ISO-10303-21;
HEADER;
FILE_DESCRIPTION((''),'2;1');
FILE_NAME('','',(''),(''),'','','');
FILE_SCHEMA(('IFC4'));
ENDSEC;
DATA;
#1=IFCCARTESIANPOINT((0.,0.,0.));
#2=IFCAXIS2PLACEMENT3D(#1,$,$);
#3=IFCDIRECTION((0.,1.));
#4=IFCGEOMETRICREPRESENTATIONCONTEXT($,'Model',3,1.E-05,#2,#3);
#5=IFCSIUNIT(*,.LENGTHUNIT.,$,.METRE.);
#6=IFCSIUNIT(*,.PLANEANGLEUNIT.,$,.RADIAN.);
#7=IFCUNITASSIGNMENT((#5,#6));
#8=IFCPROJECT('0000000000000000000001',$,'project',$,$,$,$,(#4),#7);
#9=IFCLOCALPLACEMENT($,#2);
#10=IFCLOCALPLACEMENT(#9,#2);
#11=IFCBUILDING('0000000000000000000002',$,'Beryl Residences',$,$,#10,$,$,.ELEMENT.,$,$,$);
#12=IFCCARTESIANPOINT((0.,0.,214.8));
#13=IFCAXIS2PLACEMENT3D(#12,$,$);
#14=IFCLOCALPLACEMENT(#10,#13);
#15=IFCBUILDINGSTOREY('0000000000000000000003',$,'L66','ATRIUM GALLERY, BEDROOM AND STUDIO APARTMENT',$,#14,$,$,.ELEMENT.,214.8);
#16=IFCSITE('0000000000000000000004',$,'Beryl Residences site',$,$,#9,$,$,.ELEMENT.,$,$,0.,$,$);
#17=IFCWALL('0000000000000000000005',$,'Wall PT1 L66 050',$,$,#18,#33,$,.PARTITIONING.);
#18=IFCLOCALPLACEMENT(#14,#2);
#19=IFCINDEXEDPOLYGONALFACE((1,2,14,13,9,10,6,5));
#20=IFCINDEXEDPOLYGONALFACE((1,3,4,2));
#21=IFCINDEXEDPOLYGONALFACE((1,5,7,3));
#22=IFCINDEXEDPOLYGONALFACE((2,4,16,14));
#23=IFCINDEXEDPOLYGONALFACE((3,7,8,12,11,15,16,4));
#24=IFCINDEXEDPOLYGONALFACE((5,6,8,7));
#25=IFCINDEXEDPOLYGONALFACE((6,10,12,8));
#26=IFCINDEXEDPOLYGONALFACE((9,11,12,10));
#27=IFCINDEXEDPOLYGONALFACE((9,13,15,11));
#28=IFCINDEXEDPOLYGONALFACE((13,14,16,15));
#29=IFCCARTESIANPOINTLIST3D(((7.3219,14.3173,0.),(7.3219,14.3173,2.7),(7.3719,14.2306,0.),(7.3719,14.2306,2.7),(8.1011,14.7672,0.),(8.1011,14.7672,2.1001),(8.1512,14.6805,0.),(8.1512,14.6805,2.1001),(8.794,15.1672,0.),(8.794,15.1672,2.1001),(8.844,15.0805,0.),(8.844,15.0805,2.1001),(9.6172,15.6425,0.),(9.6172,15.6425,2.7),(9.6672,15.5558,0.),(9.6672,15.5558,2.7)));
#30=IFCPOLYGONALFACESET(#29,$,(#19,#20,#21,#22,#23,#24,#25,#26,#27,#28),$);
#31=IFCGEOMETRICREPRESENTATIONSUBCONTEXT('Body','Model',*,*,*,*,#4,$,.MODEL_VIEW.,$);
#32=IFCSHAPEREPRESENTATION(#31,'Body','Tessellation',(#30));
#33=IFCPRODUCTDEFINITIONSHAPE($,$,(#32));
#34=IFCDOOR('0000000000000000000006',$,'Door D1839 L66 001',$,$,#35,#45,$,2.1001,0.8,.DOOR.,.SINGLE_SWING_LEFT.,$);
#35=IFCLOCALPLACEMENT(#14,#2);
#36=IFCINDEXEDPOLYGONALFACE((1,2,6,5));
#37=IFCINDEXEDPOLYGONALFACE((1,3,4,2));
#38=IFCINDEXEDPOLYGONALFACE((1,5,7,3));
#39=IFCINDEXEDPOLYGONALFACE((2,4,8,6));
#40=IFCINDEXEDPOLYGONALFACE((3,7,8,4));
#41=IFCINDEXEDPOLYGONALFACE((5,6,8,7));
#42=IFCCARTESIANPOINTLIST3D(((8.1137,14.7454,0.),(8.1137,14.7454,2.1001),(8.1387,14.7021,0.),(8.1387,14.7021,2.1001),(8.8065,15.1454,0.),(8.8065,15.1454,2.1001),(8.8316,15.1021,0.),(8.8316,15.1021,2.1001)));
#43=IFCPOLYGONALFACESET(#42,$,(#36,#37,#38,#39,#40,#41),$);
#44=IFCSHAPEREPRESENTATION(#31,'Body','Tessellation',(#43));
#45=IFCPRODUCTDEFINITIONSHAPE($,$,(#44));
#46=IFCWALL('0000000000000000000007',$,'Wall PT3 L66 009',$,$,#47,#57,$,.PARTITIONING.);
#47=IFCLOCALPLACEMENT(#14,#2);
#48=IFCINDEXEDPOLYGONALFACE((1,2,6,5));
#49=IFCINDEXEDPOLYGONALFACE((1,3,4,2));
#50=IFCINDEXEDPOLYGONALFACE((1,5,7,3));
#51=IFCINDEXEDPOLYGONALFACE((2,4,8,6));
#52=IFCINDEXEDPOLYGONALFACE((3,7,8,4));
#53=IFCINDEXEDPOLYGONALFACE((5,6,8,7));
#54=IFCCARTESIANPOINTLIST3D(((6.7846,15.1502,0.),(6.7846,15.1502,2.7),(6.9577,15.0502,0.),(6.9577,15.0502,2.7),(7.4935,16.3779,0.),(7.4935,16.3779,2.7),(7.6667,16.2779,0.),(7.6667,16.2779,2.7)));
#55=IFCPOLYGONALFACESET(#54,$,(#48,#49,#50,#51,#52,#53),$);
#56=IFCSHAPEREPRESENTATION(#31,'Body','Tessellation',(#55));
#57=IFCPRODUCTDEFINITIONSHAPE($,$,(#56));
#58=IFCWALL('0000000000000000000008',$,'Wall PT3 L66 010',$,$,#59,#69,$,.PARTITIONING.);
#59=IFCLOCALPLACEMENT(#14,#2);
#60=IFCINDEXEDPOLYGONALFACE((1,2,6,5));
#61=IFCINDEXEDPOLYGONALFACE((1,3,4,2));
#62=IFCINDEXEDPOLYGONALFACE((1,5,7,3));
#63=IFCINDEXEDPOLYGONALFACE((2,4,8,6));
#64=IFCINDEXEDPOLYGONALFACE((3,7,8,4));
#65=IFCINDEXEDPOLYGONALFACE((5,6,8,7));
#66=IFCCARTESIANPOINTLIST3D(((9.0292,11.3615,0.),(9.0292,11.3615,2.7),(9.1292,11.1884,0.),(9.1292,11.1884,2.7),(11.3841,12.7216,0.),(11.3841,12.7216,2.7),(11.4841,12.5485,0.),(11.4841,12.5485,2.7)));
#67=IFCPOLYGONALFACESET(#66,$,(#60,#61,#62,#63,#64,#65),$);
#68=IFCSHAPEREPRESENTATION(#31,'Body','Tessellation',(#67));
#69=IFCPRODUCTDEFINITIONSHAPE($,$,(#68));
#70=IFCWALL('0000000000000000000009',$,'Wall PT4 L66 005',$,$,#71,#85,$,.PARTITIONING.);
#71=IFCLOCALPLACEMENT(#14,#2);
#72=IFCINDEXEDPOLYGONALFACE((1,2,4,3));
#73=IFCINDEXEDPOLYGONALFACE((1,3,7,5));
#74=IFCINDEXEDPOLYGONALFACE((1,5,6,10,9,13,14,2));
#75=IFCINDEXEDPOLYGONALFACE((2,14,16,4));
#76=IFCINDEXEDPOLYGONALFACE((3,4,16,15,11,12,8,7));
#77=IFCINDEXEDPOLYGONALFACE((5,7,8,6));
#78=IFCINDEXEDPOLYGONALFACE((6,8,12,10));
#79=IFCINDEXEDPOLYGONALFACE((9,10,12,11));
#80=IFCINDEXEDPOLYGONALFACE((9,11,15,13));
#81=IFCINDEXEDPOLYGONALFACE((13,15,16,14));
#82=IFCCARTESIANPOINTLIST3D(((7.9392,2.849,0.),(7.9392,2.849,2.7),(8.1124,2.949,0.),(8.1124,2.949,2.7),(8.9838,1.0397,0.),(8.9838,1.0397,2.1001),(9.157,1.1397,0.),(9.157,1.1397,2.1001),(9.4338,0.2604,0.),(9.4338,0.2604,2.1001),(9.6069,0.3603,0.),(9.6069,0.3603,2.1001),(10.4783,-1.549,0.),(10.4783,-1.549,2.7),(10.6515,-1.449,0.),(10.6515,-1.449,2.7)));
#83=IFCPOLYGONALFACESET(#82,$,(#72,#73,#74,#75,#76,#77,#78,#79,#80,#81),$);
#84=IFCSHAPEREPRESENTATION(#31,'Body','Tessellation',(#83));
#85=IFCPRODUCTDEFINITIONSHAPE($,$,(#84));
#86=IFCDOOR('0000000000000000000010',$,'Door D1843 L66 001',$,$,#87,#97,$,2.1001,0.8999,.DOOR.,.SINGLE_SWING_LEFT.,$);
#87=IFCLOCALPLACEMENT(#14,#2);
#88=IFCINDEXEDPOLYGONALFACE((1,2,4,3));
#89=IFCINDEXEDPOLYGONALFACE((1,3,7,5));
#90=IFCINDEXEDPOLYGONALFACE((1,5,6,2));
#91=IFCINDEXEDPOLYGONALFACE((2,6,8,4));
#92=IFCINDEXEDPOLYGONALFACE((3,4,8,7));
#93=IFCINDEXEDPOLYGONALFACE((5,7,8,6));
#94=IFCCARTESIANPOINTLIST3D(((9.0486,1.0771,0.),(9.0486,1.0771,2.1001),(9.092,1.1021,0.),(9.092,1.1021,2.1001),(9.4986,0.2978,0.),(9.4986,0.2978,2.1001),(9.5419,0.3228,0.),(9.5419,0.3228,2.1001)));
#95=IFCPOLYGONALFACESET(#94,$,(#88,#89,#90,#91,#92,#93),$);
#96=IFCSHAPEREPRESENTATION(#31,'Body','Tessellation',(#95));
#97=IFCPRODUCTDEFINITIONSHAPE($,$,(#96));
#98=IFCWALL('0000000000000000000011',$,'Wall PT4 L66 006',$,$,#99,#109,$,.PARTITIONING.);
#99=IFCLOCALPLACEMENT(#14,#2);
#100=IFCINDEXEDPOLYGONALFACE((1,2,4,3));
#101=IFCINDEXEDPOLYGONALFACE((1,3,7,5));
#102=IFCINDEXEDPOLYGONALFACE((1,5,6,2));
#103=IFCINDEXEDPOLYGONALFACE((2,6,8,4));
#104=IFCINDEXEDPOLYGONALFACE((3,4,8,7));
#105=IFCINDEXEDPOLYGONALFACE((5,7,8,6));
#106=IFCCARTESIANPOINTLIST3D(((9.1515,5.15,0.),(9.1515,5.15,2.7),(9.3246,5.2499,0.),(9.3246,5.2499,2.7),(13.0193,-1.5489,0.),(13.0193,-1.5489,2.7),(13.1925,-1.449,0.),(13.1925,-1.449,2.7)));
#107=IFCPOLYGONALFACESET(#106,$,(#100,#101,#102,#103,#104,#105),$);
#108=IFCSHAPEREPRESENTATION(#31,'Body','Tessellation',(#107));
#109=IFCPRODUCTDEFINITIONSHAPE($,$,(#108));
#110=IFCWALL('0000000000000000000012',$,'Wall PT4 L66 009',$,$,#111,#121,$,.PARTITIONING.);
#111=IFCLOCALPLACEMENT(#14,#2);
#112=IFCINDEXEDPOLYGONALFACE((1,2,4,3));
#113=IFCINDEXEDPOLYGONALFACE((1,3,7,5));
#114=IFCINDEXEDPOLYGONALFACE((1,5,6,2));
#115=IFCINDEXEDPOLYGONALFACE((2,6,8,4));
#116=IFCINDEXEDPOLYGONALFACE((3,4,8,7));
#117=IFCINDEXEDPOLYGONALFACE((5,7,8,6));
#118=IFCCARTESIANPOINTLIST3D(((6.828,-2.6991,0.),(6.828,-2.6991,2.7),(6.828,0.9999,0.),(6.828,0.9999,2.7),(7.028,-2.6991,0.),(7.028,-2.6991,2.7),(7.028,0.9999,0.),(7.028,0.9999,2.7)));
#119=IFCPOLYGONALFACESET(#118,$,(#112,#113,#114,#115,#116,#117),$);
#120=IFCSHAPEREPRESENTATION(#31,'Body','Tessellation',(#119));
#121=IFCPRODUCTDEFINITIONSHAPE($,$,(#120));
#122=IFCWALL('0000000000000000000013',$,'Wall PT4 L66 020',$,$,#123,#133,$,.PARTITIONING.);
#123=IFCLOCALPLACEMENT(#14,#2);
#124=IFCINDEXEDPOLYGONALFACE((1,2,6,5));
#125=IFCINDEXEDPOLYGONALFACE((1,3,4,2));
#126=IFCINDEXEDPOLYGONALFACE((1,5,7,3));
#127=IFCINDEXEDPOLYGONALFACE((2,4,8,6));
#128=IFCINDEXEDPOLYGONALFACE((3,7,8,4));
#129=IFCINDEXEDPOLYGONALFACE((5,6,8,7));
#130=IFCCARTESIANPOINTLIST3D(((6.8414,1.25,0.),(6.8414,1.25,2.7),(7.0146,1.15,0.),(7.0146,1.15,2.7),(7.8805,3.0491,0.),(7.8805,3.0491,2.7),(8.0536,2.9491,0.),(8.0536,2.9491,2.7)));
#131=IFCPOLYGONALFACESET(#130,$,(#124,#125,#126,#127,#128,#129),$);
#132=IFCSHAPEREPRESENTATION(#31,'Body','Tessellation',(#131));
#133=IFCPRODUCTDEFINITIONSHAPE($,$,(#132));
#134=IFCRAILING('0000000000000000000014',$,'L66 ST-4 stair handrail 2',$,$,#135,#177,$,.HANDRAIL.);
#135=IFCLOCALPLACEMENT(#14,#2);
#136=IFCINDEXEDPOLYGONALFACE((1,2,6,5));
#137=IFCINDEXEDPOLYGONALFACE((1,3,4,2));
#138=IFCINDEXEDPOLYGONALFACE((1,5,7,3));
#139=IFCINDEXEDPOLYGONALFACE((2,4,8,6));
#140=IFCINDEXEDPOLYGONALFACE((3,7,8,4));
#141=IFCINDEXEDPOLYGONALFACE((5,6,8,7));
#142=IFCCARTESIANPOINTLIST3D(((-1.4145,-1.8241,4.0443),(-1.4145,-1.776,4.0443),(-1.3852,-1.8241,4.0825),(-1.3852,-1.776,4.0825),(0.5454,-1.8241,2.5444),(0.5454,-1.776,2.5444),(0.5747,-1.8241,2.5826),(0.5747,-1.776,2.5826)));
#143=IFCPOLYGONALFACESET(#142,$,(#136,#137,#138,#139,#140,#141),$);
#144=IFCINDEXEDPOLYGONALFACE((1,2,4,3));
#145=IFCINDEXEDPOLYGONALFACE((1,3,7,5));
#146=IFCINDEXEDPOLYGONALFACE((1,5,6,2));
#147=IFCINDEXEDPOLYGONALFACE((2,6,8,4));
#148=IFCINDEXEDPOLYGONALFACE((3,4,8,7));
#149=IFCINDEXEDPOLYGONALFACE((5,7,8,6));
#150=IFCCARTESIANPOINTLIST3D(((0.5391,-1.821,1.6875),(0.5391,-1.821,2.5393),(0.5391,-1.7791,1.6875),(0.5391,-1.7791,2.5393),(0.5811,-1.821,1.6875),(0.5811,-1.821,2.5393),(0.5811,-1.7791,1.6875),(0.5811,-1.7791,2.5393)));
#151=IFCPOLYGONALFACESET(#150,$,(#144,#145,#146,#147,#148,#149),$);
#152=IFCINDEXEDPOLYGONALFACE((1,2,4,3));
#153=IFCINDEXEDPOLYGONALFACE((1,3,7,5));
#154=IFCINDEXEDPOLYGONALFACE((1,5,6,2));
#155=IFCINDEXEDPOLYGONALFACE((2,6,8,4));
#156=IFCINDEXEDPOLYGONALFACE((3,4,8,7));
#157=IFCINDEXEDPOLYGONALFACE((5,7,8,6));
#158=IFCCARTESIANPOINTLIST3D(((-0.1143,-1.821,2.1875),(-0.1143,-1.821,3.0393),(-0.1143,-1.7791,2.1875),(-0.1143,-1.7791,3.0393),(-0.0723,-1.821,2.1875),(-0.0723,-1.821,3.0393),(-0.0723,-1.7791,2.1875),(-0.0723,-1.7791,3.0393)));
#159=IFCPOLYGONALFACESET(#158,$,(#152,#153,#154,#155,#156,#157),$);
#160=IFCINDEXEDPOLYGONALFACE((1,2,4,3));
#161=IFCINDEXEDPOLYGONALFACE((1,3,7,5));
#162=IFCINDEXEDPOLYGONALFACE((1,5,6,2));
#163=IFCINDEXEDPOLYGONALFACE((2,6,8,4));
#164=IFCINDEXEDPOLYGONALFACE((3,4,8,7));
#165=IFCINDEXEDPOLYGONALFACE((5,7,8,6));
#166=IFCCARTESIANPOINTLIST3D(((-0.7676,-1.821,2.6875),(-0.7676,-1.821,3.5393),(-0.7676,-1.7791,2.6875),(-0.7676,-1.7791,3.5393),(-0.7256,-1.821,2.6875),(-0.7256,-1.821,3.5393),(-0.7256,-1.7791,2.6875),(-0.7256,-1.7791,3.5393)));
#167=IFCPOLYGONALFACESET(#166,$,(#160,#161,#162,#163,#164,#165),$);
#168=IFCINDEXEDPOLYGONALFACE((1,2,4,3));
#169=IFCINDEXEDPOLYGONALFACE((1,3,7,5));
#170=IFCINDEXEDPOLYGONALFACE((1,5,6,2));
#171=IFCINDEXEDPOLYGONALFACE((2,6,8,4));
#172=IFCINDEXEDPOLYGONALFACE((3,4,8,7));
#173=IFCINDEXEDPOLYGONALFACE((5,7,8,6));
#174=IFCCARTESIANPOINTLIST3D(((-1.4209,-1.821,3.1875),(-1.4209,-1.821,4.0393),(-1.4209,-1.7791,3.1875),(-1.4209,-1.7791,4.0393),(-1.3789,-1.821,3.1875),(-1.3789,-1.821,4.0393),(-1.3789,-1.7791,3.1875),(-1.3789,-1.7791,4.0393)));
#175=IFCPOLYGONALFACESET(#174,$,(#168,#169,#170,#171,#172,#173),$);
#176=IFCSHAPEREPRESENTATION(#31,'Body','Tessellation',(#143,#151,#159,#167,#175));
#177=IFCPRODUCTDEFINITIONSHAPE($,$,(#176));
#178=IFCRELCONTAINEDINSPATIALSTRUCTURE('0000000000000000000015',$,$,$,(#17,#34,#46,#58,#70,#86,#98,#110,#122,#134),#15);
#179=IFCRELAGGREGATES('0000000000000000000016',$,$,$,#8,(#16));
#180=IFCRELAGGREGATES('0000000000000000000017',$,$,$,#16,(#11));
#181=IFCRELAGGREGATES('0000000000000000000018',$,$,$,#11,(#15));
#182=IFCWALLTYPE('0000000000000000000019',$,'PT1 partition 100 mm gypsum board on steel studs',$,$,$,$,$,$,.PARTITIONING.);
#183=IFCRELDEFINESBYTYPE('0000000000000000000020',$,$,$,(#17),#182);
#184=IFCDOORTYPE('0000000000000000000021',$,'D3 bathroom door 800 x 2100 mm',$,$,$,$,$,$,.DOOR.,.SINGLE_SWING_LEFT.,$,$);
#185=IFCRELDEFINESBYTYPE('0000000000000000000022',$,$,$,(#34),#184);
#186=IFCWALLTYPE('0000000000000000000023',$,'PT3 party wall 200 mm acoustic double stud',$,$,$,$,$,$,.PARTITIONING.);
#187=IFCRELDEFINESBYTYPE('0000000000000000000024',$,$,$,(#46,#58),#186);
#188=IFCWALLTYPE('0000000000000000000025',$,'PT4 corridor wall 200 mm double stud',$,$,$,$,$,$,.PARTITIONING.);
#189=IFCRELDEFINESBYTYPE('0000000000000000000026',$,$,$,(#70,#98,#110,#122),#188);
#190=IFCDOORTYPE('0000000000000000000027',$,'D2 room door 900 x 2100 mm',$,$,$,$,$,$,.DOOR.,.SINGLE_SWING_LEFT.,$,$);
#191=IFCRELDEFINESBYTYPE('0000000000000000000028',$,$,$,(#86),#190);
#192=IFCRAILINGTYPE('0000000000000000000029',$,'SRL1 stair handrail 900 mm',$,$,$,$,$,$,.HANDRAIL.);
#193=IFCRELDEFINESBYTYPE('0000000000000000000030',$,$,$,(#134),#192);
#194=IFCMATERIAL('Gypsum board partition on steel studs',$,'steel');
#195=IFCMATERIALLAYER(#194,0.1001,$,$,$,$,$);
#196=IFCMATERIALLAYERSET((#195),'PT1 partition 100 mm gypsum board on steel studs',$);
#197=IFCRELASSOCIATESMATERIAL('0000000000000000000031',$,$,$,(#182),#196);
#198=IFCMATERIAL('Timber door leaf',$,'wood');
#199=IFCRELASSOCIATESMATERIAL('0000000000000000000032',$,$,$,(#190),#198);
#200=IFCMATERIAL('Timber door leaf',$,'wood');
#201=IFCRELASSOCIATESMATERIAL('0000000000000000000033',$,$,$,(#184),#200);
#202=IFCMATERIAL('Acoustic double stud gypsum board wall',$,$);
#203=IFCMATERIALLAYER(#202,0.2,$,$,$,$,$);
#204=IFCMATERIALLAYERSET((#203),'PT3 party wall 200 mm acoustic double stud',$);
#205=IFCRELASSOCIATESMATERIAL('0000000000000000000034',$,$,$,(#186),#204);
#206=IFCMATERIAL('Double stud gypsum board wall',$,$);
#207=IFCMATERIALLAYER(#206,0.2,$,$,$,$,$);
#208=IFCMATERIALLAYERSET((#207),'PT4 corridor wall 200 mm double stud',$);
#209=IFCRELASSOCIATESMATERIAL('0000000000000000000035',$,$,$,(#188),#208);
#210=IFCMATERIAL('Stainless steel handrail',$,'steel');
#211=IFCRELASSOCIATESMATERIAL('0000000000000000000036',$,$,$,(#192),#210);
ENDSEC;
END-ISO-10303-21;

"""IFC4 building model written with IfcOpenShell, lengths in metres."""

from ifc_helpers import new_model, si_unit, direction, frame, frame_2d, origin, origin_2d, place, context, subcontext, project, spatial, rectangle, extrude, material, layer, layer_set, type_object, element, fill, save


model = new_model("IFC4")

# Units and contexts
model_context = context("Model", 3, precision=1e-05, world=origin(), true_north=direction((0.0, 1.0)))
body_context = subcontext(model_context, "Body", "Model", "MODEL_VIEW")
ifc_project = project(units=[si_unit("LENGTHUNIT", "METRE"), si_unit("PLANEANGLEUNIT", "RADIAN")], contexts=[model_context])

# Site, building, storey
site_placement = place(None, origin())
site = spatial("IfcSite", under=ifc_project, at=site_placement, Name="Beryl Residences site", CompositionType="ELEMENT", RefElevation=0.0)
building_placement = place(site_placement, origin())
building = spatial("IfcBuilding", under=site, at=building_placement, Name="Beryl Residences", CompositionType="ELEMENT")
storey_placement = place(building_placement, frame((0.0, 0.0, 214.8)))
storey = spatial("IfcBuildingStorey", under=building, at=storey_placement, Name="L66", Description="ATRIUM GALLERY, BEDROOM AND STUDIO APARTMENT", CompositionType="ELEMENT", Elevation=214.8)

# Wall, opening, door
ifc_material_1 = material(Name="Gypsum board partition on steel studs", Category="steel")
ifc_layer_1 = layer(ifc_material_1, 0.1001)
ifc_layer_set_1 = layer_set([ifc_layer_1], Name="PT1 partition 100 mm gypsum board on steel studs")
wall_type_1 = type_object("IfcWallType", Name="PT1 partition 100 mm gypsum board on steel studs", PredefinedType="PARTITIONING", material=ifc_layer_set_1)
ifc_material_2 = material(Name="Timber door leaf", Category="wood")
door_type_1 = type_object("IfcDoorType", Name="D2 room door 900 x 2100 mm", OperationType="SINGLE_SWING_LEFT", PredefinedType="DOOR", material=ifc_material_2)
wall_1_placement = place(storey_placement, frame((7.3469, 14.2739, 0.0), z_axis=(0.0, 0.0, 1.0), x_axis=(0.866012, 0.500023, 0.0)))
wall_1 = element("IfcWall", 1, at=wall_1_placement, inside=storey, type_object=wall_type_1, Name="Wall PT1 L66 050", PredefinedType="PARTITIONING", context=body_context, shape_type="SweptSolid", body=[
    extrude(rectangle(XDim=2.6504, YDim=0.1001, at=frame_2d((1.3252, 0.0))), origin(), (0.0, 0.0, 1.0), 2.7),
])
opening_1_placement = place(wall_1_placement, frame((0.8999, 0.0, 0.0)))
opening_1 = element("IfcOpeningElement", 2, at=opening_1_placement, cuts=wall_1, PredefinedType="OPENING", context=body_context, shape_type="SweptSolid", body=[
    extrude(rectangle(XDim=0.8, YDim=2.1001, at=frame_2d((0.3999, 1.05))), frame((0.0, 0.0601, 0.0), z_axis=(0.0, -1.0, 0.0), x_axis=(1.0, 0.0, 0.0)), (0.0, 0.0, 1.0), 0.1201),
])
ifc_material_3 = material(Name="Timber door leaf", Category="wood")
door_type_2 = type_object("IfcDoorType", Name="D3 bathroom door 800 x 2100 mm", OperationType="SINGLE_SWING_LEFT", PredefinedType="DOOR", material=ifc_material_3)
door_1_placement = place(opening_1_placement, origin())
door_1 = element("IfcDoor", 3, at=door_1_placement, inside=storey, type_object=door_type_2, Name="Door D1839 L66 001", OperationType="SINGLE_SWING_LEFT", OverallHeight=2.1001, OverallWidth=0.8, PredefinedType="DOOR", context=body_context, shape_type="SweptSolid", body=[
    extrude(rectangle(XDim=0.8, YDim=2.1001, at=frame_2d((0.3999, 1.05))), frame((0.0, 0.0249, 0.0), z_axis=(0.0, -1.0, 0.0), x_axis=(1.0, 0.0, 0.0)), (0.0, 0.0, 1.0), 0.05),
])
fill(opening_1, door_1)

# Walls
ifc_material_4 = material(Name="Acoustic double stud gypsum board wall")
ifc_layer_2 = layer(ifc_material_4, 0.2)
ifc_layer_set_2 = layer_set([ifc_layer_2], Name="PT3 party wall 200 mm acoustic double stud")
wall_type_2 = type_object("IfcWallType", Name="PT3 party wall 200 mm acoustic double stud", PredefinedType="PARTITIONING", material=ifc_layer_set_2)
wall_2_placement = place(storey_placement, frame((6.8711, 15.1001, 0.0), z_axis=(0.0, 0.0, 1.0), x_axis=(0.500065, 0.865988, 0.0)))
element("IfcWall", 4, at=wall_2_placement, inside=storey, type_object=wall_type_2, Name="Wall PT3 L66 009", PredefinedType="PARTITIONING", context=body_context, shape_type="SweptSolid", body=[
    extrude(rectangle(XDim=1.4177, YDim=0.2, at=frame_2d((0.709, 0.0))), origin(), (0.0, 0.0, 1.0), 2.7),
])
wall_3_placement = place(storey_placement, frame((9.0791, 11.2749, 0.0), z_axis=(0.0, 0.0, 1.0), x_axis=(0.865952, 0.500127, 0.0)))
element("IfcWall", 5, at=wall_3_placement, inside=storey, type_object=wall_type_2, Name="Wall PT3 L66 010", PredefinedType="PARTITIONING", context=body_context, shape_type="SweptSolid", body=[
    extrude(rectangle(XDim=2.7195, YDim=0.2, at=frame_2d((1.3599, 0.0))), origin(), (0.0, 0.0, 1.0), 2.7),
])

# Wall, opening, door
ifc_material_5 = material(Name="Double stud gypsum board wall")
ifc_layer_3 = layer(ifc_material_5, 0.2)
ifc_layer_set_3 = layer_set([ifc_layer_3], Name="PT4 corridor wall 200 mm double stud")
wall_type_3 = type_object("IfcWallType", Name="PT4 corridor wall 200 mm double stud", PredefinedType="PARTITIONING", material=ifc_layer_set_3)
wall_4_placement = place(storey_placement, frame((8.0259, 2.8989, 0.0), z_axis=(0.0, 0.0, 1.0), x_axis=(0.499986, -0.866033, 0.0)))
wall_4 = element("IfcWall", 6, at=wall_4_placement, inside=storey, type_object=wall_type_3, Name="Wall PT4 L66 005", PredefinedType="PARTITIONING", context=body_context, shape_type="SweptSolid", body=[
    extrude(rectangle(XDim=5.0784, YDim=0.2, at=frame_2d((2.5391, 0.0))), origin(), (0.0, 0.0, 1.0), 2.7),
])
opening_2_placement = place(wall_4_placement, frame((2.0891, 0.0, 0.0)))
opening_2 = element("IfcOpeningElement", 7, at=opening_2_placement, cuts=wall_4, PredefinedType="OPENING", context=body_context, shape_type="SweptSolid", body=[
    extrude(rectangle(XDim=0.8999, YDim=2.1001, at=frame_2d((0.45, 1.05))), frame((0.0, 0.1099, 0.0), z_axis=(0.0, -1.0, 0.0), x_axis=(1.0, 0.0, 0.0)), (0.0, 0.0, 1.0), 0.22),
])
door_2_placement = place(opening_2_placement, origin())
door_2 = element("IfcDoor", 8, at=door_2_placement, inside=storey, type_object=door_type_1, Name="Door D1843 L66 001", OperationType="SINGLE_SWING_LEFT", OverallHeight=2.1001, OverallWidth=0.8999, PredefinedType="DOOR", context=body_context, shape_type="SweptSolid", body=[
    extrude(rectangle(XDim=0.8999, YDim=2.1001, at=frame_2d((0.45, 1.05))), frame((0.0, 0.0249, 0.0), z_axis=(0.0, -1.0, 0.0), x_axis=(1.0, 0.0, 0.0)), (0.0, 0.0, 1.0), 0.05),
])
fill(opening_2, door_2)

# Walls
wall_5_placement = place(storey_placement, frame((9.238, 5.2, 0.0), z_axis=(0.0, 0.0, 1.0), x_axis=(0.500026, -0.866011, 0.0)))
element("IfcWall", 9, at=wall_5_placement, inside=storey, type_object=wall_type_3, Name="Wall PT4 L66 006", PredefinedType="PARTITIONING", context=body_context, shape_type="SweptSolid", body=[
    extrude(rectangle(XDim=7.7354, YDim=0.2, at=frame_2d((3.8677, 0.0))), origin(), (0.0, 0.0, 1.0), 2.7),
])
wall_6_placement = place(storey_placement, frame((6.928, 1.0, 0.0), z_axis=(0.0, 0.0, 1.0), x_axis=(0.0, -1.0, 0.0)))
element("IfcWall", 10, at=wall_6_placement, inside=storey, type_object=wall_type_3, Name="Wall PT4 L66 009", PredefinedType="PARTITIONING", context=body_context, shape_type="SweptSolid", body=[
    extrude(rectangle(XDim=3.699, YDim=0.2, at=frame_2d((1.8496, 0.0))), origin(), (0.0, 0.0, 1.0), 2.7),
])
wall_7_placement = place(storey_placement, frame((6.928, 1.2, 0.0), z_axis=(0.0, 0.0, 1.0), x_axis=(0.500133, 0.865949, 0.0)))
element("IfcWall", 11, at=wall_7_placement, inside=storey, type_object=wall_type_3, Name="Wall PT4 L66 020", PredefinedType="PARTITIONING", context=body_context, shape_type="SweptSolid", body=[
    extrude(rectangle(XDim=2.0776, YDim=0.2, at=frame_2d((1.0388, 0.0))), origin(), (0.0, 0.0, 1.0), 2.7),
])

# Railing
ifc_material_6 = material(Name="Stainless steel handrail", Category="steel")
railing_type_1 = type_object("IfcRailingType", Name="SRL1 stair handrail 900 mm", PredefinedType="HANDRAIL", material=ifc_material_6)
railing_1_placement = place(storey_placement, frame((0.5601, -1.8, 1.6875)))
element("IfcRailing", 12, at=railing_1_placement, inside=storey, type_object=railing_type_1, Name="L66 ST-4 stair handrail 2", PredefinedType="HANDRAIL", context=body_context, shape_type="SweptSolid", body=[
    extrude(rectangle(XDim=0.0481, YDim=0.0481, at=origin_2d()), frame((0.0, 0.0, 0.876), z_axis=(-0.794122, 0.0, 0.607758), x_axis=(0.0, -1.0, 0.0)), (0.0, 0.0, 1.0), 2.468),
    extrude(rectangle(XDim=0.042, YDim=0.042, at=origin_2d()), origin(), (0.0, 0.0, 1.0), 0.8518),
    extrude(rectangle(XDim=0.042, YDim=0.042, at=origin_2d()), frame((-0.6533, 0.0, 0.5)), (0.0, 0.0, 1.0), 0.8518),
    extrude(rectangle(XDim=0.042, YDim=0.042, at=origin_2d()), frame((-1.3066, 0.0, 1.0)), (0.0, 0.0, 1.0), 0.8518),
    extrude(rectangle(XDim=0.042, YDim=0.042, at=origin_2d()), frame((-1.96, 0.0, 1.5)), (0.0, 0.0, 1.0), 0.8518),
])

save(model, "model.ifc")
